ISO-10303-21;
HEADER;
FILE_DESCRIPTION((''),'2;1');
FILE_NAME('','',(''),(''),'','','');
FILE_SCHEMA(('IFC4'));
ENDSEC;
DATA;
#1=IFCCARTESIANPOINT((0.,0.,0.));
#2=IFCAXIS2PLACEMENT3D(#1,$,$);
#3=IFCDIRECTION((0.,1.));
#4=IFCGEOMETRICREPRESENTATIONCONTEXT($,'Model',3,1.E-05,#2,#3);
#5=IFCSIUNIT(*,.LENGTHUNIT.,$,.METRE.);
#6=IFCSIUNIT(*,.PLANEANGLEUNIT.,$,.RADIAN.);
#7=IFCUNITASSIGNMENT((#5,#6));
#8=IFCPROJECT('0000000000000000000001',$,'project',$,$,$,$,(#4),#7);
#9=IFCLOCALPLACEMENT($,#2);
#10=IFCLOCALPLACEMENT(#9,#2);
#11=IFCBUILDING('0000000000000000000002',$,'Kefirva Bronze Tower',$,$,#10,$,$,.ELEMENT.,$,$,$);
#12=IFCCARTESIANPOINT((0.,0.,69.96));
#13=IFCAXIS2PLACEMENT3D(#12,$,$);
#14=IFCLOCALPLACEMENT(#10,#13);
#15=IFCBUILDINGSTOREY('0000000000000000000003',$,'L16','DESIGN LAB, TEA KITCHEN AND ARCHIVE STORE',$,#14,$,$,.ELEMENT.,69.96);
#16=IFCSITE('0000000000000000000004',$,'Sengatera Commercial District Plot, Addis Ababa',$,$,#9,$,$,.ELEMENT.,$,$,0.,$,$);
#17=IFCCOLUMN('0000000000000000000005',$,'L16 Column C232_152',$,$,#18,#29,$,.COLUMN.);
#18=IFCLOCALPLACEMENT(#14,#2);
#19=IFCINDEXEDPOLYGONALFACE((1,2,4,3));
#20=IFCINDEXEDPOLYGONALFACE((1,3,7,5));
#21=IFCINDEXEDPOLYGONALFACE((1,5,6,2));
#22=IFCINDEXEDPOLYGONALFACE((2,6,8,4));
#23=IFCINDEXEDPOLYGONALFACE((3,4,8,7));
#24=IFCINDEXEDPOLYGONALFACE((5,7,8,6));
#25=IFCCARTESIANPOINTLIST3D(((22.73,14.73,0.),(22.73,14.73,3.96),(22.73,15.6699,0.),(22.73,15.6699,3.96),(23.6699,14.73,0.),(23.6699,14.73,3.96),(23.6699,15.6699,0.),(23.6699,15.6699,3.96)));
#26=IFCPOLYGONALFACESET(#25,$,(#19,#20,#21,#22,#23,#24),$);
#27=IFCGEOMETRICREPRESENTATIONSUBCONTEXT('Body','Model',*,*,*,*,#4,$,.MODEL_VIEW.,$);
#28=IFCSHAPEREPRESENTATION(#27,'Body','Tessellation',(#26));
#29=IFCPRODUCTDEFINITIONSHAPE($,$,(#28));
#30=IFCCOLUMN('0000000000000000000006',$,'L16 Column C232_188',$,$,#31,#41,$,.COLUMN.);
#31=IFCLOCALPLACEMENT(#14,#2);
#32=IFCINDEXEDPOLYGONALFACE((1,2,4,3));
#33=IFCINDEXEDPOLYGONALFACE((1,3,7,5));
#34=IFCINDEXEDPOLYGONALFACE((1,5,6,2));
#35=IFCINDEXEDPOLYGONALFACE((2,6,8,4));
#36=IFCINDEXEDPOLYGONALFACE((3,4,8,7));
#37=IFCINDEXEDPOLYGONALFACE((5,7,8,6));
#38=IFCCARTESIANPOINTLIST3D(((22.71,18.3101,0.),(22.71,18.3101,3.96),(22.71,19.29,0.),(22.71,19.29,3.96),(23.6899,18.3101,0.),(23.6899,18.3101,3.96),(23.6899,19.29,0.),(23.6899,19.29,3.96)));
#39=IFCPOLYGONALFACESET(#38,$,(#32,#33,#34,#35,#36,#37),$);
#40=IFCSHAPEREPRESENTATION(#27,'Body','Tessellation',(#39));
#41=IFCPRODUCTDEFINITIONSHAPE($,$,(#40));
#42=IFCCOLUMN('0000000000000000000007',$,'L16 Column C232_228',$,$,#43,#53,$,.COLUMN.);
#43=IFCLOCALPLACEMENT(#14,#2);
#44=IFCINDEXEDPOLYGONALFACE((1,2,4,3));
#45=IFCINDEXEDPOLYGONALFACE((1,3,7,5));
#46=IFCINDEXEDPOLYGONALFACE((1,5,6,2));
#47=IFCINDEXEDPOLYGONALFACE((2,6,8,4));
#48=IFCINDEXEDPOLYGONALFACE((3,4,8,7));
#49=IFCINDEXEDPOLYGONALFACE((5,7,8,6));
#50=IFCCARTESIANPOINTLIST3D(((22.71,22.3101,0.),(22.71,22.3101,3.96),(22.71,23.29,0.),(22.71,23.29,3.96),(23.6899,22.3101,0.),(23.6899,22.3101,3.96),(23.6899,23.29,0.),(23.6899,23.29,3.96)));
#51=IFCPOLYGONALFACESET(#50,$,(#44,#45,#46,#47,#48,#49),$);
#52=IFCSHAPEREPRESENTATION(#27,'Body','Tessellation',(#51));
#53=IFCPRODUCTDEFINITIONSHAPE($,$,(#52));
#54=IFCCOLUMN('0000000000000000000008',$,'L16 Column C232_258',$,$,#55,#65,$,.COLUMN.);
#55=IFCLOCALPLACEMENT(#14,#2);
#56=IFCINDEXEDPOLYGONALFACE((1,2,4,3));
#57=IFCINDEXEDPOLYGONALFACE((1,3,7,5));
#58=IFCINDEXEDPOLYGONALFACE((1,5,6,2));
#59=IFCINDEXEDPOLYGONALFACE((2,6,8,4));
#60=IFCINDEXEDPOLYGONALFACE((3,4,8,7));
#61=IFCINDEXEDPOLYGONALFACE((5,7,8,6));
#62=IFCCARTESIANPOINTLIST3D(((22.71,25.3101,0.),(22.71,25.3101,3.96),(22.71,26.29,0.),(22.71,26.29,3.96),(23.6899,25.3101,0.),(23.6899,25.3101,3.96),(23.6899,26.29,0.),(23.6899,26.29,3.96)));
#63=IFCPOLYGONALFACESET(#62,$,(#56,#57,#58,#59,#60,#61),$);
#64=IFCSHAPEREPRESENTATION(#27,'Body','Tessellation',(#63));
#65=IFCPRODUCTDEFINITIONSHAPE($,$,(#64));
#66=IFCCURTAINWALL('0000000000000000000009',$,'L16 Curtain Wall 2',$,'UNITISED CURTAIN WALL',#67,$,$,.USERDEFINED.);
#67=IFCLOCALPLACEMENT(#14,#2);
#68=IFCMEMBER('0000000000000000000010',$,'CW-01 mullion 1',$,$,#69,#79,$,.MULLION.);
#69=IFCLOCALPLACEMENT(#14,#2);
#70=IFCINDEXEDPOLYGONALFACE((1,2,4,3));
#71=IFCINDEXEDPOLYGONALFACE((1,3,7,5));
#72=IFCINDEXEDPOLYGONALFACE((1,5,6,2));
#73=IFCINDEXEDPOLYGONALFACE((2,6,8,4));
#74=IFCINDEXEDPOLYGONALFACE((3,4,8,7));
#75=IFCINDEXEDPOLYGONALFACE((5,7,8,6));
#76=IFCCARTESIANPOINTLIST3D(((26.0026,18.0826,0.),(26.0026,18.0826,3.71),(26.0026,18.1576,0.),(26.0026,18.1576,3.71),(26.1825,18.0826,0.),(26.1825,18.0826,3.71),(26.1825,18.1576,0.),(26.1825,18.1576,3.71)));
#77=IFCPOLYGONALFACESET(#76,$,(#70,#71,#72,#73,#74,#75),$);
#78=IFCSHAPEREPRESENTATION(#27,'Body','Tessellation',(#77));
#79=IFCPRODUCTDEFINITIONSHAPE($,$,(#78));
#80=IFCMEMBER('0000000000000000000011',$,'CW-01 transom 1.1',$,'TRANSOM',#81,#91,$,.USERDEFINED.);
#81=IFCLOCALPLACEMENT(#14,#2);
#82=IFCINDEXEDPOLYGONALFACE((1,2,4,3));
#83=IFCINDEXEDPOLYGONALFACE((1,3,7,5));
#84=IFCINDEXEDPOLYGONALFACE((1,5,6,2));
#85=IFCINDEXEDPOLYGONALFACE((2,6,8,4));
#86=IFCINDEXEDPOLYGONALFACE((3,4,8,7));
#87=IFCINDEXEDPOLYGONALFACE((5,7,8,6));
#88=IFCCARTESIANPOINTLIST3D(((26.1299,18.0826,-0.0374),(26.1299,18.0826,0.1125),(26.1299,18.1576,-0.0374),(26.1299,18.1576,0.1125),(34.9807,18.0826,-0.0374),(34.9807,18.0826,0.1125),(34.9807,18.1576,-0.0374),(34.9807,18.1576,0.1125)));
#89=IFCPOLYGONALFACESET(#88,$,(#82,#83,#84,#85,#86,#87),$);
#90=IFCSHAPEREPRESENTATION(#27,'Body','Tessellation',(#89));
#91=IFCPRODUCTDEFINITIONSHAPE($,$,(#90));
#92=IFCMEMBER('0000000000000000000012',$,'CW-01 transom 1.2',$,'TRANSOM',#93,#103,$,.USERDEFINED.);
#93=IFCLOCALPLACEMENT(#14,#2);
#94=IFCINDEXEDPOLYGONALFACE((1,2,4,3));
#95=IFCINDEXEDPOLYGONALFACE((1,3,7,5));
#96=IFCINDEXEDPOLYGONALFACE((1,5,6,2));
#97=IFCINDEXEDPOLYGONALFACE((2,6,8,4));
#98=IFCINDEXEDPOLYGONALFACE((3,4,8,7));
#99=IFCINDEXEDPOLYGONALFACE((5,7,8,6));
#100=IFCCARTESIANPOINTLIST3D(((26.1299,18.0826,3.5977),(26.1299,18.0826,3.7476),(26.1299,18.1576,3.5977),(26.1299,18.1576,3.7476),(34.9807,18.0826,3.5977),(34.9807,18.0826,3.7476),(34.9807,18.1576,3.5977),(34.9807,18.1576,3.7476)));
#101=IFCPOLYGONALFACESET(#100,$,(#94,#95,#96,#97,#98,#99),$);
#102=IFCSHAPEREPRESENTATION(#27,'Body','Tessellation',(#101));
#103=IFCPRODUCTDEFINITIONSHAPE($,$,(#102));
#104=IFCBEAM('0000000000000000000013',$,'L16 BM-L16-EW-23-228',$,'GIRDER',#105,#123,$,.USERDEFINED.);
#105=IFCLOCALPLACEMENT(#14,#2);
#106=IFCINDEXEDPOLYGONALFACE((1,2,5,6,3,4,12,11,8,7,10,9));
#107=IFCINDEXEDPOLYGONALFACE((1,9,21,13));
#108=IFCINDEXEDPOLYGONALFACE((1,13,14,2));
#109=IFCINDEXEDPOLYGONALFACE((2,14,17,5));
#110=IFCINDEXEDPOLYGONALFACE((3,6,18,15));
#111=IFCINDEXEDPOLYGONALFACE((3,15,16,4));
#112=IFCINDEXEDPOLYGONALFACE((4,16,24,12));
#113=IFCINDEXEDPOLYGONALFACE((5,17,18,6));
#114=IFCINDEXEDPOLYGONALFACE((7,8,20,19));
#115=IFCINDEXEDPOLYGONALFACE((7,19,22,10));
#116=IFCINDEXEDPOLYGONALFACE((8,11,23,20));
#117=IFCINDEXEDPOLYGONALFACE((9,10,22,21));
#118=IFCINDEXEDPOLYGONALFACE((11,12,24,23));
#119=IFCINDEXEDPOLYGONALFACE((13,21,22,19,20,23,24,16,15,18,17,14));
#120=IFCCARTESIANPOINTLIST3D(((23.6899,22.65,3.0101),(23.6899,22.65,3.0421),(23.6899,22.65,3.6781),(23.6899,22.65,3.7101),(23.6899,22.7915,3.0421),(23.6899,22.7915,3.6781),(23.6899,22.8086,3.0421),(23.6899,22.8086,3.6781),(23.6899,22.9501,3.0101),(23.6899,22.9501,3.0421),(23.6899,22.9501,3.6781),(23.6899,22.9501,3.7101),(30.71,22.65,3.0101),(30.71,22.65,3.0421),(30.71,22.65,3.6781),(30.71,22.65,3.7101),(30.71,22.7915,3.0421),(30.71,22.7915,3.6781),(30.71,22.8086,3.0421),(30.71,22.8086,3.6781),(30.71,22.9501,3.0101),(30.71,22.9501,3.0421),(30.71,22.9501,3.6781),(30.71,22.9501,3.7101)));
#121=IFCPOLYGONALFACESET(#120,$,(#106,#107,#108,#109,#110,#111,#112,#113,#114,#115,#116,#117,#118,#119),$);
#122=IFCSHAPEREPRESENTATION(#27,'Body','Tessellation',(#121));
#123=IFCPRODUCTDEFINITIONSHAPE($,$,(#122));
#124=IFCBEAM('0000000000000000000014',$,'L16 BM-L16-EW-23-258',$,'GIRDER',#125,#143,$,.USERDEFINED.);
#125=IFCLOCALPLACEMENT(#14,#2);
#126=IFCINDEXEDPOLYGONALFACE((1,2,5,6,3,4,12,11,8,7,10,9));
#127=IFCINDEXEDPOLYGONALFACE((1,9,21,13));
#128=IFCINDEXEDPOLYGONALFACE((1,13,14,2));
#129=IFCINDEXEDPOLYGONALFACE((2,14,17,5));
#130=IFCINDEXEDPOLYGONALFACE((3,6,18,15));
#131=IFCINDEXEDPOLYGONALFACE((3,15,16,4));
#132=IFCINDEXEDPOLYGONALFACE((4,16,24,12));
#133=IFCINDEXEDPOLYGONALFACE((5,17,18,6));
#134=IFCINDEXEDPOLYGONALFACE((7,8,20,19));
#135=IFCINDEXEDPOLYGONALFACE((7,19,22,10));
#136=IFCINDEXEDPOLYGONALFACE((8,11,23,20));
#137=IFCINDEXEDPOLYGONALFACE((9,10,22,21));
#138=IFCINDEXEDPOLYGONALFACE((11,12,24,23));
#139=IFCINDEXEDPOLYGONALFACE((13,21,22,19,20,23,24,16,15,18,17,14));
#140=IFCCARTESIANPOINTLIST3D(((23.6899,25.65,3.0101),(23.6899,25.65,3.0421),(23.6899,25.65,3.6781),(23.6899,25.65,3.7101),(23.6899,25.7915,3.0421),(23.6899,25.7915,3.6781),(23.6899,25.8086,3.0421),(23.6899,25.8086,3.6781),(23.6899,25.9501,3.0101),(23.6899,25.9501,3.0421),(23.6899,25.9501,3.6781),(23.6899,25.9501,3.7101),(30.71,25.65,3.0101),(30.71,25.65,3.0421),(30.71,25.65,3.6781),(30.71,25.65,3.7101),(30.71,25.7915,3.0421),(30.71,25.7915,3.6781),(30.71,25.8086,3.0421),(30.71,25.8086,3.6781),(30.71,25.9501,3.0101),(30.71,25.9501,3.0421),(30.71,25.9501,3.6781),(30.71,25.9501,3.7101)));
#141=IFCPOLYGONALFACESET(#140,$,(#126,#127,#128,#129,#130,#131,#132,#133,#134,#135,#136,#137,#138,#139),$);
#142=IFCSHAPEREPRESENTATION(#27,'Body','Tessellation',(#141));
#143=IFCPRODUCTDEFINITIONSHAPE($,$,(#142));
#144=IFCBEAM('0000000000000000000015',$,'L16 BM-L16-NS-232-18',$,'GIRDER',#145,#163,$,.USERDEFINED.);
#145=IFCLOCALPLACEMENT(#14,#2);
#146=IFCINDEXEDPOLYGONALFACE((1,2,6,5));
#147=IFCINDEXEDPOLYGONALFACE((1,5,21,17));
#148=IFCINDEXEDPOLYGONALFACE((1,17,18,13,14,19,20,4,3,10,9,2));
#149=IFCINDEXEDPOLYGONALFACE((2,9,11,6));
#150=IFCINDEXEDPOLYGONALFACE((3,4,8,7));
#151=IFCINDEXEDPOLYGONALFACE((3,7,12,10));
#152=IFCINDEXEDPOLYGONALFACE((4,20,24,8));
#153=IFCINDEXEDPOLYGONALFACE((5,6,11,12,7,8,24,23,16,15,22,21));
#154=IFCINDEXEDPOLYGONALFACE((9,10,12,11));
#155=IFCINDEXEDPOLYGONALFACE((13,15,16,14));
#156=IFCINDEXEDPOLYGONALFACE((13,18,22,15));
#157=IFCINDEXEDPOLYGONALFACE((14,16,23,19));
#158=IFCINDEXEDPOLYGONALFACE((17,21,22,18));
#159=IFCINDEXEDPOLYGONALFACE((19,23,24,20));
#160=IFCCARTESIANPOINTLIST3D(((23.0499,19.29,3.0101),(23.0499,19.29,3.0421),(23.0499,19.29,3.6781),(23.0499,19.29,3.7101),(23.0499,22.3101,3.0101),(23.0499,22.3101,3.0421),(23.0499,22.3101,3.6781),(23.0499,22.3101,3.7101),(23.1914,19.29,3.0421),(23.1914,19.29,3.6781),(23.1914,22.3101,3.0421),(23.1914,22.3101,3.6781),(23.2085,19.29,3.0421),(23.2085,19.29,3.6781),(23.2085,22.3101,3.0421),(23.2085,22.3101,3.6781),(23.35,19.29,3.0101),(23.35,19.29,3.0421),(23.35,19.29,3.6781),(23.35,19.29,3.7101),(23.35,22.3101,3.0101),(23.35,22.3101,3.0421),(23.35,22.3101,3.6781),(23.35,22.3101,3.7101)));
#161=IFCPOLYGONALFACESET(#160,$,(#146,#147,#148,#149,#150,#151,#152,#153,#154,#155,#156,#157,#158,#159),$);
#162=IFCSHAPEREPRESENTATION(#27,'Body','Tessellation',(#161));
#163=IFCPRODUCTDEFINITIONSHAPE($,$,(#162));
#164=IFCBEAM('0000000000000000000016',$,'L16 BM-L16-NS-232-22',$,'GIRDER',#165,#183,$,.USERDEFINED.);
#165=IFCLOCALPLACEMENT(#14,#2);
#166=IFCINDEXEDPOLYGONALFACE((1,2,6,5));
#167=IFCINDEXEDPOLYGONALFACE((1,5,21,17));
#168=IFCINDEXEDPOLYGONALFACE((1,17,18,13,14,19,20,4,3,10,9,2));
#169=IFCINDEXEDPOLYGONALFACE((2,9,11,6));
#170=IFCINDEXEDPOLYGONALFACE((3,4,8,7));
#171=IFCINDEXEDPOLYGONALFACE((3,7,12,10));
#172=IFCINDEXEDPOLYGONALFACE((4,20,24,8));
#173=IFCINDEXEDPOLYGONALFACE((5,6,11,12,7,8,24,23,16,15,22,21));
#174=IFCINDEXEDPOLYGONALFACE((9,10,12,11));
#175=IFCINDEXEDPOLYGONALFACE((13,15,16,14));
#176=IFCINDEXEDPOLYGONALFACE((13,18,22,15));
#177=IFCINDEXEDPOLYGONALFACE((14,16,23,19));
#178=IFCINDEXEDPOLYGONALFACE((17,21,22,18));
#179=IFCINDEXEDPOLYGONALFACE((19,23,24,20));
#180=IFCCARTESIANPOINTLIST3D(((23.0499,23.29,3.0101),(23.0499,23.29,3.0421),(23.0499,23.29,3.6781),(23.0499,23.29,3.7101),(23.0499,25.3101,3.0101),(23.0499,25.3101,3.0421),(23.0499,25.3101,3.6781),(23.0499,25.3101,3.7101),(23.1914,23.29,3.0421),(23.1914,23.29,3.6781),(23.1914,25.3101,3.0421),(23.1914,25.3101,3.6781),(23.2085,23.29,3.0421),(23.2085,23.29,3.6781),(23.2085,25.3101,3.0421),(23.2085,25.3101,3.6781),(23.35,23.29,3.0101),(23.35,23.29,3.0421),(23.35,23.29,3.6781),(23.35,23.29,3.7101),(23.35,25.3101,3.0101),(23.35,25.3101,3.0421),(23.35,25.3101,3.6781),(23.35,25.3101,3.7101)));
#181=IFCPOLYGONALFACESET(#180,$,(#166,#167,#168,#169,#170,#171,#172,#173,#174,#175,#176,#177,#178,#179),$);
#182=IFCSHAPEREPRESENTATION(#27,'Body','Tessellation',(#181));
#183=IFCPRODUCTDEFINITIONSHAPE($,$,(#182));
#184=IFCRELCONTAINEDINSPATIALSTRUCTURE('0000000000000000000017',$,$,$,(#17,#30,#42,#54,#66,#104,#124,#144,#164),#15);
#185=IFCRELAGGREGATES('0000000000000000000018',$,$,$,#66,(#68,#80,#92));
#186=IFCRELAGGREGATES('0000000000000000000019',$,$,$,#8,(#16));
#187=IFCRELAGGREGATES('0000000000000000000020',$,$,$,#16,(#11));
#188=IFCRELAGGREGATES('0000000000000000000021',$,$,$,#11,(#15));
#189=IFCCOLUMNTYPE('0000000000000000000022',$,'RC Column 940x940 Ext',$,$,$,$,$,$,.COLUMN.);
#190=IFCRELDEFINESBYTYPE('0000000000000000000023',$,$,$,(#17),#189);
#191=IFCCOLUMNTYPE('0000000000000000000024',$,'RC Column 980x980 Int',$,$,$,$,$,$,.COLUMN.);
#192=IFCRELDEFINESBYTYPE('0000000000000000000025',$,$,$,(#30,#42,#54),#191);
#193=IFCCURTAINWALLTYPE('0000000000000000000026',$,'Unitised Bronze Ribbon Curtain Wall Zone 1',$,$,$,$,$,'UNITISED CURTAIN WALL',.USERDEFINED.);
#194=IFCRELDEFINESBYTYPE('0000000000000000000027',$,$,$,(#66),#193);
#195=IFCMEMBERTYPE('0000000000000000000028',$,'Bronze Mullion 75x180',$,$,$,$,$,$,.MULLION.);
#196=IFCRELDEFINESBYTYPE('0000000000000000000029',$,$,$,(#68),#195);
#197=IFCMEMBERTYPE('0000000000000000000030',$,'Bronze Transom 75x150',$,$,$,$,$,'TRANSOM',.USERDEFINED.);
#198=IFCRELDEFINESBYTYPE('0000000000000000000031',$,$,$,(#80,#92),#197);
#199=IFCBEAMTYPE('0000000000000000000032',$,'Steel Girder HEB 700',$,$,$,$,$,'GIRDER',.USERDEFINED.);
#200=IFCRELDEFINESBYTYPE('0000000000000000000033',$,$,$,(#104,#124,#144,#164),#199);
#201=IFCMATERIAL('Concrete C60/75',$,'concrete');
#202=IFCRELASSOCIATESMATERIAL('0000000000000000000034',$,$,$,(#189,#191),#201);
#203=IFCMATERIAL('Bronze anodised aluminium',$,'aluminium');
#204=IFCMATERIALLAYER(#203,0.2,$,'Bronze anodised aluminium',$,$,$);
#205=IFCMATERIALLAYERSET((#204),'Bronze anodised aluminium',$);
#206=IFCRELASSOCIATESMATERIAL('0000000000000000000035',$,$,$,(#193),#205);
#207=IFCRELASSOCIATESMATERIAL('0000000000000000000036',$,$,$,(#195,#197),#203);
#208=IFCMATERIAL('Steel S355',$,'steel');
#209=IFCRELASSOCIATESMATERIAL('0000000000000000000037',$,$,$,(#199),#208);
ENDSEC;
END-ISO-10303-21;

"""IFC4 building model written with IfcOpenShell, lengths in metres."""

from ifc_helpers import new_model, si_unit, direction, frame, origin, origin_2d, place, context, subcontext, project, spatial, rectangle, i_section, extrude, material, layer, layer_set, material_profile, profile_set, type_object, element, aggregate, save


model = new_model("IFC4")

# Units and contexts
model_context = context("Model", 3, precision=1e-05, world=origin(), true_north=direction((0.0, 1.0)))
body_context = subcontext(model_context, "Body", "Model", "MODEL_VIEW")
ifc_project = project(units=[si_unit("LENGTHUNIT", "METRE"), si_unit("PLANEANGLEUNIT", "RADIAN")], contexts=[model_context])

# Site, building, storey
site_placement = place(None, origin())
site = spatial("IfcSite", under=ifc_project, at=site_placement, Name="Sengatera Commercial District Plot, Addis Ababa", CompositionType="ELEMENT", RefElevation=0.0)
building_placement = place(site_placement, origin())
building = spatial("IfcBuilding", under=site, at=building_placement, Name="Kefirva Bronze Tower", CompositionType="ELEMENT")
storey_placement = place(building_placement, frame((0.0, 0.0, 69.96)))
storey = spatial("IfcBuildingStorey", under=building, at=storey_placement, Name="L16", Description="DESIGN LAB, TEA KITCHEN AND ARCHIVE STORE", CompositionType="ELEMENT", Elevation=69.96)

# Columns
ifc_material_1 = material(Name="Concrete C60/75", Category="concrete")
ifc_material_profile_1 = material_profile(ifc_material_1, rectangle(XDim=0.9399, YDim=0.9399, at=origin_2d()), Name="RC 940x940")
ifc_profile_set_1 = profile_set([ifc_material_profile_1], Name="Concrete C60/75")
column_type_1 = type_object("IfcColumnType", Name="RC Column 940x940 Ext", PredefinedType="COLUMN", material=ifc_profile_set_1)
column_placement = place(storey_placement, frame((23.2, 15.2, 0.0), z_axis=(0.0, 0.0, 1.0), x_axis=(1.0, 0.0, 0.0)))
element("IfcColumn", 1, at=column_placement, inside=storey, type_object=column_type_1, Name="L16 Column C232_152", PredefinedType="COLUMN", context=body_context, shape_type="SweptSolid", body=[
    extrude(rectangle(XDim=0.9399, YDim=0.9399, at=origin_2d()), origin(), (0.0, 0.0, 1.0), 3.96),
])
ifc_material_profile_2 = material_profile(ifc_material_1, rectangle(XDim=0.98, YDim=0.98, at=origin_2d()), Name="RC 980x980")
ifc_profile_set_2 = profile_set([ifc_material_profile_2], Name="Concrete C60/75")
column_type_2 = type_object("IfcColumnType", Name="RC Column 980x980 Int", PredefinedType="COLUMN", material=ifc_profile_set_2)
for number, where, z_axis, x_axis, name in (
    (2, (23.2, 18.8, 0.0), (0.0, 0.0, 1.0), (1.0, 0.0, 0.0), "L16 Column C232_188"),
    (3, (23.2, 22.8, 0.0), (0.0, 0.0, 1.0), (1.0, 0.0, 0.0), "L16 Column C232_228"),
    (4, (23.2, 25.8, 0.0), (0.0, 0.0, 1.0), (1.0, 0.0, 0.0), "L16 Column C232_258"),
):
    element("IfcColumn", number, at=place(storey_placement, frame(where, z_axis=z_axis, x_axis=x_axis)), inside=storey, type_object=column_type_2, Name=name, PredefinedType="COLUMN", context=body_context, shape_type="SweptSolid", body=[
        extrude(rectangle(XDim=0.98, YDim=0.98, at=origin_2d()), origin(), (0.0, 0.0, 1.0), 3.96),
    ])

# Curtain wall, members
ifc_material_2 = material(Name="Bronze anodised aluminium", Category="aluminium")
ifc_layer_1 = layer(ifc_material_2, 0.2, Name="Bronze anodised aluminium")
ifc_layer_set_1 = layer_set([ifc_layer_1], Name="Bronze anodised aluminium")
curtain_wall_type = type_object("IfcCurtainWallType", Name="Unitised Bronze Ribbon Curtain Wall Zone 1", ElementType="UNITISED CURTAIN WALL", PredefinedType="USERDEFINED", material=ifc_layer_set_1)
curtain_wall_placement = place(storey_placement, origin())
curtain_wall = element("IfcCurtainWall", 5, at=curtain_wall_placement, inside=storey, type_object=curtain_wall_type, Name="L16 Curtain Wall 2", ObjectType="UNITISED CURTAIN WALL", PredefinedType="USERDEFINED")
ifc_material_profile_3 = material_profile(ifc_material_2, rectangle(XDim=0.075, YDim=0.1799, at=origin_2d()), Name="ALU 75x180")
ifc_profile_set_3 = profile_set([ifc_material_profile_3], Name="Bronze anodised aluminium")
member_type_1 = type_object("IfcMemberType", Name="Bronze Mullion 75x180", PredefinedType="MULLION", material=ifc_profile_set_3)
member_1_placement = place(storey_placement, frame((26.0925, 18.1201, 0.0), z_axis=(0.0, 0.0, 1.0), x_axis=(0.0, 1.0, 0.0)))
member_1 = element("IfcMember", 6, at=member_1_placement, type_object=member_type_1, Name="CW-01 mullion 1", PredefinedType="MULLION", context=body_context, shape_type="SweptSolid", body=[
    extrude(rectangle(XDim=0.075, YDim=0.1799, at=origin_2d()), origin(), (0.0, 0.0, 1.0), 3.71),
])
ifc_material_profile_4 = material_profile(ifc_material_2, rectangle(XDim=0.075, YDim=0.1499, at=origin_2d()), Name="ALU 75x150")
ifc_profile_set_4 = profile_set([ifc_material_profile_4], Name="Bronze anodised aluminium")
member_type_2 = type_object("IfcMemberType", Name="Bronze Transom 75x150", ElementType="TRANSOM", PredefinedType="USERDEFINED", material=ifc_profile_set_4)
member_2_placement = place(storey_placement, frame((26.1299, 18.1201, 0.0376), z_axis=(1.0, 0.0, 0.0), x_axis=(0.0, 1.0, 0.0)))
member_2 = element("IfcMember", 7, at=member_2_placement, type_object=member_type_2, Name="CW-01 transom 1.1", ObjectType="TRANSOM", PredefinedType="USERDEFINED", context=body_context, shape_type="SweptSolid", body=[
    extrude(rectangle(XDim=0.075, YDim=0.1499, at=origin_2d()), origin(), (0.0, 0.0, 1.0), 8.8508),
])
member_3_placement = place(storey_placement, frame((26.1299, 18.1201, 3.6726), z_axis=(1.0, 0.0, 0.0), x_axis=(0.0, 1.0, 0.0)))
member_3 = element("IfcMember", 8, at=member_3_placement, type_object=member_type_2, Name="CW-01 transom 1.2", ObjectType="TRANSOM", PredefinedType="USERDEFINED", context=body_context, shape_type="SweptSolid", body=[
    extrude(rectangle(XDim=0.075, YDim=0.1499, at=origin_2d()), origin(), (0.0, 0.0, 1.0), 8.8508),
])

# Beams
ifc_material_3 = material(Name="Steel S355", Category="steel")
ifc_material_profile_5 = material_profile(ifc_material_3, i_section(OverallWidth=0.3, OverallDepth=0.7, WebThickness=0.0171, FlangeThickness=0.032, at=origin_2d()), Name="HEB 700")
ifc_profile_set_5 = profile_set([ifc_material_profile_5], Name="Steel S355")
beam_type_1 = type_object("IfcBeamType", Name="Steel Girder HEB 700", ElementType="GIRDER", PredefinedType="USERDEFINED", material=ifc_profile_set_5)
for number, where, z_axis, x_axis, name in (
    (9, (23.6899, 22.8, 3.3601), (1.0, 0.0, 0.0), (0.0, 1.0, 0.0), "L16 BM-L16-EW-23-228"),
    (10, (23.6899, 25.8, 3.3601), (1.0, 0.0, 0.0), (0.0, 1.0, 0.0), "L16 BM-L16-EW-23-258"),
):
    element("IfcBeam", number, at=place(storey_placement, frame(where, z_axis=z_axis, x_axis=x_axis)), inside=storey, type_object=beam_type_1, Name=name, ObjectType="GIRDER", PredefinedType="USERDEFINED", context=body_context, shape_type="SweptSolid", body=[
        extrude(i_section(OverallWidth=0.3, OverallDepth=0.7, WebThickness=0.0171, FlangeThickness=0.032, at=origin_2d()), origin(), (0.0, 0.0, 1.0), 7.02),
    ])
beam_1_placement = place(storey_placement, frame((23.2, 19.29, 3.3601), z_axis=(0.0, 1.0, 0.0), x_axis=(-1.0, 0.0, 0.0)))
element("IfcBeam", 11, at=beam_1_placement, inside=storey, type_object=beam_type_1, Name="L16 BM-L16-NS-232-18", ObjectType="GIRDER", PredefinedType="USERDEFINED", context=body_context, shape_type="SweptSolid", body=[
    extrude(i_section(OverallWidth=0.3, OverallDepth=0.7, WebThickness=0.0171, FlangeThickness=0.032, at=origin_2d()), origin(), (0.0, 0.0, 1.0), 3.02),
])
beam_2_placement = place(storey_placement, frame((23.2, 23.29, 3.3601), z_axis=(0.0, 1.0, 0.0), x_axis=(-1.0, 0.0, 0.0)))
element("IfcBeam", 12, at=beam_2_placement, inside=storey, type_object=beam_type_1, Name="L16 BM-L16-NS-232-22", ObjectType="GIRDER", PredefinedType="USERDEFINED", context=body_context, shape_type="SweptSolid", body=[
    extrude(i_section(OverallWidth=0.3, OverallDepth=0.7, WebThickness=0.0171, FlangeThickness=0.032, at=origin_2d()), origin(), (0.0, 0.0, 1.0), 2.02),
])

aggregate(curtain_wall, [member_1, member_2, member_3])

save(model, "model.ifc")
